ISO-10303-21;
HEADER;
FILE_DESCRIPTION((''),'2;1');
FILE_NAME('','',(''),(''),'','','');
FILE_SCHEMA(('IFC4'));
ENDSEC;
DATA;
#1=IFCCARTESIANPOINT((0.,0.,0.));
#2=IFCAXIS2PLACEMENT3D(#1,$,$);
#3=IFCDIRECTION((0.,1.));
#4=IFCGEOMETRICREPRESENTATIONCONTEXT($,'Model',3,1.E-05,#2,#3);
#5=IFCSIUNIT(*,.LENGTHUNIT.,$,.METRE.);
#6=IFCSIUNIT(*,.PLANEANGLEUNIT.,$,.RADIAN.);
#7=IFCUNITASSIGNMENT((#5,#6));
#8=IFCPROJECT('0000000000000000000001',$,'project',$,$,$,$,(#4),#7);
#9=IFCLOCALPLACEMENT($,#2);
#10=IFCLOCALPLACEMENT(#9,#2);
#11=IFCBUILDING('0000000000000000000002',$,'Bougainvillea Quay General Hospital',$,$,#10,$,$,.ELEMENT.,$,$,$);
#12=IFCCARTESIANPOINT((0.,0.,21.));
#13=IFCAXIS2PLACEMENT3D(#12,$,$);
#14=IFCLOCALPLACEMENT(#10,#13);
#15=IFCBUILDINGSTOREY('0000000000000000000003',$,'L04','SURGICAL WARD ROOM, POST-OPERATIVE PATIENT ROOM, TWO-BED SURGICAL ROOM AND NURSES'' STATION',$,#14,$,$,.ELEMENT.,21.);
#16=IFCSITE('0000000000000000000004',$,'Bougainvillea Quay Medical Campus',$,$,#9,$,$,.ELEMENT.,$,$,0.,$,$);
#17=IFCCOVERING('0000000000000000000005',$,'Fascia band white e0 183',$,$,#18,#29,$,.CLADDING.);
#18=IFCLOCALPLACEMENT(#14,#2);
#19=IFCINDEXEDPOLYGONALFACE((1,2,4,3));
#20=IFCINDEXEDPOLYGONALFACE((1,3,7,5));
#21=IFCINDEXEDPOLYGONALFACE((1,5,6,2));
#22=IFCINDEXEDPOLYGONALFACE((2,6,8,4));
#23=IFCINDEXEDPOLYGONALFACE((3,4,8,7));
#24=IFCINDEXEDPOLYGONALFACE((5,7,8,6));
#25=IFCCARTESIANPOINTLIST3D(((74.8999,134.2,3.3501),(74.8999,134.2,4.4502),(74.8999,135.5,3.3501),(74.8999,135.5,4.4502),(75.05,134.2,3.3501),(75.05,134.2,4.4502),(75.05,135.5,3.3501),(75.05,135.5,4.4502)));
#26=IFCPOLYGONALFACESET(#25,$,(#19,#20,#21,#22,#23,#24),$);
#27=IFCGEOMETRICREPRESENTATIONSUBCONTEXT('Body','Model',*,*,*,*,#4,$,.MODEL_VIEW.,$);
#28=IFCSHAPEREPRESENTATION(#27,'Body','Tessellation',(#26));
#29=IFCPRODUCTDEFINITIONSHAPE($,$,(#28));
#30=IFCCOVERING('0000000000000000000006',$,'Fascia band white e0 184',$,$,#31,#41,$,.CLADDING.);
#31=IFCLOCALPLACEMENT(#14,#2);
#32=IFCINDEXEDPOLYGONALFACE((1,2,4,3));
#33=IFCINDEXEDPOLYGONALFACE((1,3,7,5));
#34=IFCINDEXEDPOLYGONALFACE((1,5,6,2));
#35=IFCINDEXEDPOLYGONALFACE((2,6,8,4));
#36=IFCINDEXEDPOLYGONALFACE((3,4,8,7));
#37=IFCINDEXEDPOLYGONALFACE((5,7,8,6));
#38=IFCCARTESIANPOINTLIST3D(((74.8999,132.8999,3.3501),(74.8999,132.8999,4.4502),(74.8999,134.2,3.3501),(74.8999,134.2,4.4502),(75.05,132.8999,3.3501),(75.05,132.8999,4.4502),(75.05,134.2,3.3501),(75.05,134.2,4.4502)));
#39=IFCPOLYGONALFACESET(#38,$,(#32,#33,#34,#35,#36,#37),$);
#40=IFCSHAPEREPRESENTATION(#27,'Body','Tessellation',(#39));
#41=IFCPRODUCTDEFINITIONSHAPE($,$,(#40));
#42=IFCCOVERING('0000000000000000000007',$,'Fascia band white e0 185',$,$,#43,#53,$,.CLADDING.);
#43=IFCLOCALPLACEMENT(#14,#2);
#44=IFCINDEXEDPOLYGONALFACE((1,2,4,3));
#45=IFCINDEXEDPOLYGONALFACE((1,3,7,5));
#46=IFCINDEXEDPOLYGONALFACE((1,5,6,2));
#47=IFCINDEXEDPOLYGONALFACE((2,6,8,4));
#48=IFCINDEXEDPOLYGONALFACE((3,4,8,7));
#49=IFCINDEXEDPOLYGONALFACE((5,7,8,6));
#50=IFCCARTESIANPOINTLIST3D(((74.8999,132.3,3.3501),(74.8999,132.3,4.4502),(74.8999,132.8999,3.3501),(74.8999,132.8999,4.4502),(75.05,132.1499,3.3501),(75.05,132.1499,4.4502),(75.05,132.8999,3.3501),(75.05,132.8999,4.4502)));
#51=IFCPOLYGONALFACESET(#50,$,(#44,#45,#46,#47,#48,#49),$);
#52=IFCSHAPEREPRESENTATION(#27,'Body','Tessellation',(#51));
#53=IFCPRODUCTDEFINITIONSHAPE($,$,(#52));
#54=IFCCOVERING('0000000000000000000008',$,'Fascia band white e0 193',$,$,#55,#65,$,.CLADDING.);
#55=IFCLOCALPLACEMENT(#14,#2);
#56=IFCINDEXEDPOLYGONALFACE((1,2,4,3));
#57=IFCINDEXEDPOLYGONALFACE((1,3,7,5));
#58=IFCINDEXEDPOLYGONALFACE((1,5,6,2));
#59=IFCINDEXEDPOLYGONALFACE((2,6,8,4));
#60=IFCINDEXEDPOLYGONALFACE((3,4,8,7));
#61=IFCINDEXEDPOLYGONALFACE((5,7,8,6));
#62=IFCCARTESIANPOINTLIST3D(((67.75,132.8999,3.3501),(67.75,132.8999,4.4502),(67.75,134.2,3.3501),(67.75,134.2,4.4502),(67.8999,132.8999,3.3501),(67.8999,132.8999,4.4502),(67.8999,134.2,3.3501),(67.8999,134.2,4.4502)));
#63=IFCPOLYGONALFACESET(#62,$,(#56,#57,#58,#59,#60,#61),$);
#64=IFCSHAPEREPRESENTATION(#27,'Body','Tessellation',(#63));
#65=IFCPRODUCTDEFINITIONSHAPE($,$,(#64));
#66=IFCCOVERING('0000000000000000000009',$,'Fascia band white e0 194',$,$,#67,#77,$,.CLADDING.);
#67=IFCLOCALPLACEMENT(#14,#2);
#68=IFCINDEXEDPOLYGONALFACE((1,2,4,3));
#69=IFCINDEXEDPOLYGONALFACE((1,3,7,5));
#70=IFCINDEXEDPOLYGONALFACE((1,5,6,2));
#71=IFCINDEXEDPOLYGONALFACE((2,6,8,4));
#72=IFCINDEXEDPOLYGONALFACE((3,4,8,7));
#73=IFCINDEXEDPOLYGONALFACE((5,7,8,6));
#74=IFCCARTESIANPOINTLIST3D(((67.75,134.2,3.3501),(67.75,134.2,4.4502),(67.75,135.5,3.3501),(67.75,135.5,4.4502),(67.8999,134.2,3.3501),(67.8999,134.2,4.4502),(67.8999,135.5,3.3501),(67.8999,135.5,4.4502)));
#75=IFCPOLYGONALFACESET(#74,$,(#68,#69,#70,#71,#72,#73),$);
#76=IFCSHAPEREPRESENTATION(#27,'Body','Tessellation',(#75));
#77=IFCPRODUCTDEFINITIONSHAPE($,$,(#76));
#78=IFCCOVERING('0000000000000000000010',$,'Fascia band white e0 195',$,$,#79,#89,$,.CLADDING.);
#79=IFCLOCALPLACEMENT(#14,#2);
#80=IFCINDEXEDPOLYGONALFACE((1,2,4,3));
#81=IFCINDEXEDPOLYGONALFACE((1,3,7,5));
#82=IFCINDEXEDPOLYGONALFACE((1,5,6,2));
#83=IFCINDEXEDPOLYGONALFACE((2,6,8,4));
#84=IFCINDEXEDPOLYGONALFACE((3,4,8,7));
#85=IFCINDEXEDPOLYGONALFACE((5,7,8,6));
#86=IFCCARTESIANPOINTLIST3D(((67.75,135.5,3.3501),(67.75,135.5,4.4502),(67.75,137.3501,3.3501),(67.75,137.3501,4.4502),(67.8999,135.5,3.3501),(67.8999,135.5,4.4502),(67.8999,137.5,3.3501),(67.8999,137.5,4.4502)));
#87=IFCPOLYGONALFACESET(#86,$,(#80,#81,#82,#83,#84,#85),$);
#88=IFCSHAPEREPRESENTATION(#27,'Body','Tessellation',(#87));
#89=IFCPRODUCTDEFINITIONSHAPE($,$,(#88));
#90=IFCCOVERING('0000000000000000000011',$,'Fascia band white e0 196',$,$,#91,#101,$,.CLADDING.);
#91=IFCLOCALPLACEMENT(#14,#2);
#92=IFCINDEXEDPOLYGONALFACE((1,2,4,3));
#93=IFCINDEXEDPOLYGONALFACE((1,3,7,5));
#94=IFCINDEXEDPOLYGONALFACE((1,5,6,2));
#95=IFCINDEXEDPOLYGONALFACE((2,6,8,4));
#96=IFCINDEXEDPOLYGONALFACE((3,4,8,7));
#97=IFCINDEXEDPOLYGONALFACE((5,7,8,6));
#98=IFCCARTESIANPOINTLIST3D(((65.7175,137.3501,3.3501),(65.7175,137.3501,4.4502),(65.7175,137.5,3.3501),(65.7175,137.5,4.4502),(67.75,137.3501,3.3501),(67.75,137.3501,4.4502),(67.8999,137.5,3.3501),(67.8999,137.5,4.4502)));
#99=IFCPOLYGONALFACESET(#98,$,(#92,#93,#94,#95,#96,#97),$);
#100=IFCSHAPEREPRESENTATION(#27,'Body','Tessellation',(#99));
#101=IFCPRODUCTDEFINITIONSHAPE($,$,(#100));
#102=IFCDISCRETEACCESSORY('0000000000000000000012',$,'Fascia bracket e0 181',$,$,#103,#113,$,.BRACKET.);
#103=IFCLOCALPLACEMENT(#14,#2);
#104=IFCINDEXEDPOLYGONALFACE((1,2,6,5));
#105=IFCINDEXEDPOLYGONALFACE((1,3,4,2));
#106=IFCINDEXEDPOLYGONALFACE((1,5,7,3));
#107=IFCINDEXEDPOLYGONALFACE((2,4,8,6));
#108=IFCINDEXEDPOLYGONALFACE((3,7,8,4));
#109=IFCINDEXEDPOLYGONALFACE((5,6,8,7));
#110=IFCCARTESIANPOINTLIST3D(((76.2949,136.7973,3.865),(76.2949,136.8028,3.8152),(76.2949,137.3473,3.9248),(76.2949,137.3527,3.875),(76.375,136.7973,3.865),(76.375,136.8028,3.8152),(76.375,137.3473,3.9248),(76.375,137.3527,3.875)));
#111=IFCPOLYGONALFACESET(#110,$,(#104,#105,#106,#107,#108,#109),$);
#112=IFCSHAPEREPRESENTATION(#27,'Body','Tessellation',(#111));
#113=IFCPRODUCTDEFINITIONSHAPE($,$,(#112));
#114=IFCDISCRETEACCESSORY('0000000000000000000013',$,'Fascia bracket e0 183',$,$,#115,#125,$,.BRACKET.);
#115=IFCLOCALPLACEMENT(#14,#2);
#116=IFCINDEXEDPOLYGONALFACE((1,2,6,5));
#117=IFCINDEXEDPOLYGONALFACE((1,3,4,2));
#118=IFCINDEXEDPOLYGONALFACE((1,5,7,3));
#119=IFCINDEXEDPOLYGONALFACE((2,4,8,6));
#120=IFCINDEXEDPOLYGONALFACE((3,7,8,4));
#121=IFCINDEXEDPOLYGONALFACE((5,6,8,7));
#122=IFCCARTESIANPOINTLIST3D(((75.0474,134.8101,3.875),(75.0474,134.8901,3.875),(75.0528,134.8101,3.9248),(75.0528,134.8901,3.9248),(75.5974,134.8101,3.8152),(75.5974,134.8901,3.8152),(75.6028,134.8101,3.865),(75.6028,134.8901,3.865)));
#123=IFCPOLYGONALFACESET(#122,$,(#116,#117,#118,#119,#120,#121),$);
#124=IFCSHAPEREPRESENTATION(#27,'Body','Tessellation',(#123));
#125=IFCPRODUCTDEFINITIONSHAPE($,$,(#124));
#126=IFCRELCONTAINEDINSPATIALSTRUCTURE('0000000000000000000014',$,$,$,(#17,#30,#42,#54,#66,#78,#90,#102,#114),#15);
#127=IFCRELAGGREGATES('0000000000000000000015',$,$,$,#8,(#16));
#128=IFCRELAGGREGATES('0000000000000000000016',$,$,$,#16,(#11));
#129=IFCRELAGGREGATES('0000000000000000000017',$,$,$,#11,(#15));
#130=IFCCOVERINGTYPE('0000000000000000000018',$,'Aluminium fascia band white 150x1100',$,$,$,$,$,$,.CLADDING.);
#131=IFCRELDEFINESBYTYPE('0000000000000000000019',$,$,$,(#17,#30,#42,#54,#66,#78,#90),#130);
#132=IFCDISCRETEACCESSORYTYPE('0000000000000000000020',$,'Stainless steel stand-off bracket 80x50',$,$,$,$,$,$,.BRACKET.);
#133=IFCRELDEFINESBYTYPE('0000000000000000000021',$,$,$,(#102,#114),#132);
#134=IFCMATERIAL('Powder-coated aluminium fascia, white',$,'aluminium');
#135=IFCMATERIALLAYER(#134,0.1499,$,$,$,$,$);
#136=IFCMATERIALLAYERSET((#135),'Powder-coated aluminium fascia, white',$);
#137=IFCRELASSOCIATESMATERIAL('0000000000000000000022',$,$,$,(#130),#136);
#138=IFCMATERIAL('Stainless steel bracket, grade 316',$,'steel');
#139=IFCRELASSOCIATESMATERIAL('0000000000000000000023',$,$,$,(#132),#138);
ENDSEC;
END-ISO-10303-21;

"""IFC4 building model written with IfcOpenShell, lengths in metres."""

from ifc_helpers import new_model, si_unit, direction, frame, origin, origin_2d, place, context, subcontext, project, spatial, polyline, rectangle, outline, extrude, material, layer, layer_set, material_profile, profile_set, type_object, element, save


model = new_model("IFC4")

# Units and contexts
model_context = context("Model", 3, precision=1e-05, world=origin(), true_north=direction((0.0, 1.0)))
body_context = subcontext(model_context, "Body", "Model", "MODEL_VIEW")
ifc_project = project(units=[si_unit("LENGTHUNIT", "METRE"), si_unit("PLANEANGLEUNIT", "RADIAN")], contexts=[model_context])

# Site, building, storey
site_placement = place(None, origin())
site = spatial("IfcSite", under=ifc_project, at=site_placement, Name="Bougainvillea Quay Medical Campus", CompositionType="ELEMENT", RefElevation=0.0)
building_placement = place(site_placement, origin())
building = spatial("IfcBuilding", under=site, at=building_placement, Name="Bougainvillea Quay General Hospital", CompositionType="ELEMENT")
storey_placement = place(building_placement, frame((0.0, 0.0, 21.0)))
storey = spatial("IfcBuildingStorey", under=building, at=storey_placement, Name="L04", Description="SURGICAL WARD ROOM, POST-OPERATIVE PATIENT ROOM, TWO-BED SURGICAL ROOM AND NURSES' STATION", CompositionType="ELEMENT", Elevation=21.0)

# Coverings
ifc_material_1 = material(Name="Powder-coated aluminium fascia, white", Category="aluminium")
ifc_layer_1 = layer(ifc_material_1, 0.1499)
ifc_layer_set_1 = layer_set([ifc_layer_1], Name="Powder-coated aluminium fascia, white")
covering_type = type_object("IfcCoveringType", Name="Aluminium fascia band white 150x1100", PredefinedType="CLADDING", material=ifc_layer_set_1)
for number, where, z_axis, x_axis, name in (
    (1, (75.05, 135.5, 3.3501), (0.0, 0.0, 1.0), (0.0, -1.0, 0.0), "Fascia band white e0 183"),
    (2, (75.05, 134.2, 3.3501), (0.0, 0.0, 1.0), (0.0, -1.0, 0.0), "Fascia band white e0 184"),
):
    element("IfcCovering", number, at=place(storey_placement, frame(where, z_axis=z_axis, x_axis=x_axis)), inside=storey, type_object=covering_type, Name=name, PredefinedType="CLADDING", context=body_context, shape_type="SweptSolid", body=[
        extrude(outline(polyline([(0.0, 0.0), (1.3, 0.0), (1.3, -0.1501), (0.0, -0.1501), (0.0, 0.0)])), origin(), (0.0, 0.0, 1.0), 1.1001),
    ])
covering_1_placement = place(storey_placement, frame((75.05, 132.8999, 3.3501), z_axis=(0.0, 0.0, 1.0), x_axis=(0.0, -1.0, 0.0)))
element("IfcCovering", 3, at=covering_1_placement, inside=storey, type_object=covering_type, Name="Fascia band white e0 185", PredefinedType="CLADDING", context=body_context, shape_type="SweptSolid", body=[
    extrude(outline(polyline([(0.0, 0.0), (0.75, 0.0), (0.5999, -0.1501), (0.0, -0.1501), (0.0, 0.0)])), origin(), (0.0, 0.0, 1.0), 1.1001),
])
for number, where, z_axis, x_axis, name in (
    (4, (67.75, 132.8999, 3.3501), (0.0, 0.0, 1.0), (0.0, 1.0, 0.0), "Fascia band white e0 193"),
    (5, (67.75, 134.2, 3.3501), (0.0, 0.0, 1.0), (0.0, 1.0, 0.0), "Fascia band white e0 194"),
):
    element("IfcCovering", number, at=place(storey_placement, frame(where, z_axis=z_axis, x_axis=x_axis)), inside=storey, type_object=covering_type, Name=name, PredefinedType="CLADDING", context=body_context, shape_type="SweptSolid", body=[
        extrude(outline(polyline([(0.0, 0.0), (1.3, 0.0), (1.3, -0.1499), (0.0, -0.1499), (0.0, 0.0)])), origin(), (0.0, 0.0, 1.0), 1.1001),
    ])
covering_2_placement = place(storey_placement, frame((67.75, 135.5, 3.3501), z_axis=(0.0, 0.0, 1.0), x_axis=(0.0, 1.0, 0.0)))
element("IfcCovering", 6, at=covering_2_placement, inside=storey, type_object=covering_type, Name="Fascia band white e0 195", PredefinedType="CLADDING", context=body_context, shape_type="SweptSolid", body=[
    extrude(outline(polyline([(0.0, 0.0), (1.8501, 0.0), (2.0, -0.1499), (0.0, -0.1499), (0.0, 0.0)])), origin(), (0.0, 0.0, 1.0), 1.1001),
])
covering_3_placement = place(storey_placement, frame((67.75, 137.3501, 3.3501), z_axis=(0.0, 0.0, 1.0), x_axis=(-1.0, 0.0, 0.0)))
element("IfcCovering", 7, at=covering_3_placement, inside=storey, type_object=covering_type, Name="Fascia band white e0 196", PredefinedType="CLADDING", context=body_context, shape_type="SweptSolid", body=[
    extrude(outline(polyline([(0.0, 0.0), (2.0325, 0.0), (2.0325, -0.1499), (-0.1499, -0.1499), (0.0, 0.0)])), origin(), (0.0, 0.0, 1.0), 1.1001),
])

# Discrete accessories
ifc_material_2 = material(Name="Stainless steel bracket, grade 316", Category="steel")
ifc_material_profile_1 = material_profile(ifc_material_2, rectangle(XDim=0.0801, YDim=0.05, at=origin_2d()))
ifc_profile_set_1 = profile_set([ifc_material_profile_1], Name="Stainless steel bracket, grade 316")
discrete_accessory_type = type_object("IfcDiscreteAccessoryType", Name="Stainless steel stand-off bracket 80x50", PredefinedType="BRACKET", material=ifc_profile_set_1)
for number, where, z_axis, x_axis, name in (
    (8, (76.335, 136.8, 3.8401), (0.0, 0.994139, 0.108107), (-1.0, 0.0, 0.0), "Fascia bracket e0 181"),
    (9, (75.6001, 134.8501, 3.8401), (-0.994139, 0.0, 0.108107), (0.0, -1.0, 0.0), "Fascia bracket e0 183"),
):
    element("IfcDiscreteAccessory", number, at=place(storey_placement, frame(where, z_axis=z_axis, x_axis=x_axis)), inside=storey, type_object=discrete_accessory_type, Name=name, PredefinedType="BRACKET", context=body_context, shape_type="SweptSolid", body=[
        extrude(rectangle(XDim=0.0801, YDim=0.05, at=origin_2d()), origin(), (0.0, 0.0, 1.0), 0.5532),
    ])

save(model, "model.ifc")
